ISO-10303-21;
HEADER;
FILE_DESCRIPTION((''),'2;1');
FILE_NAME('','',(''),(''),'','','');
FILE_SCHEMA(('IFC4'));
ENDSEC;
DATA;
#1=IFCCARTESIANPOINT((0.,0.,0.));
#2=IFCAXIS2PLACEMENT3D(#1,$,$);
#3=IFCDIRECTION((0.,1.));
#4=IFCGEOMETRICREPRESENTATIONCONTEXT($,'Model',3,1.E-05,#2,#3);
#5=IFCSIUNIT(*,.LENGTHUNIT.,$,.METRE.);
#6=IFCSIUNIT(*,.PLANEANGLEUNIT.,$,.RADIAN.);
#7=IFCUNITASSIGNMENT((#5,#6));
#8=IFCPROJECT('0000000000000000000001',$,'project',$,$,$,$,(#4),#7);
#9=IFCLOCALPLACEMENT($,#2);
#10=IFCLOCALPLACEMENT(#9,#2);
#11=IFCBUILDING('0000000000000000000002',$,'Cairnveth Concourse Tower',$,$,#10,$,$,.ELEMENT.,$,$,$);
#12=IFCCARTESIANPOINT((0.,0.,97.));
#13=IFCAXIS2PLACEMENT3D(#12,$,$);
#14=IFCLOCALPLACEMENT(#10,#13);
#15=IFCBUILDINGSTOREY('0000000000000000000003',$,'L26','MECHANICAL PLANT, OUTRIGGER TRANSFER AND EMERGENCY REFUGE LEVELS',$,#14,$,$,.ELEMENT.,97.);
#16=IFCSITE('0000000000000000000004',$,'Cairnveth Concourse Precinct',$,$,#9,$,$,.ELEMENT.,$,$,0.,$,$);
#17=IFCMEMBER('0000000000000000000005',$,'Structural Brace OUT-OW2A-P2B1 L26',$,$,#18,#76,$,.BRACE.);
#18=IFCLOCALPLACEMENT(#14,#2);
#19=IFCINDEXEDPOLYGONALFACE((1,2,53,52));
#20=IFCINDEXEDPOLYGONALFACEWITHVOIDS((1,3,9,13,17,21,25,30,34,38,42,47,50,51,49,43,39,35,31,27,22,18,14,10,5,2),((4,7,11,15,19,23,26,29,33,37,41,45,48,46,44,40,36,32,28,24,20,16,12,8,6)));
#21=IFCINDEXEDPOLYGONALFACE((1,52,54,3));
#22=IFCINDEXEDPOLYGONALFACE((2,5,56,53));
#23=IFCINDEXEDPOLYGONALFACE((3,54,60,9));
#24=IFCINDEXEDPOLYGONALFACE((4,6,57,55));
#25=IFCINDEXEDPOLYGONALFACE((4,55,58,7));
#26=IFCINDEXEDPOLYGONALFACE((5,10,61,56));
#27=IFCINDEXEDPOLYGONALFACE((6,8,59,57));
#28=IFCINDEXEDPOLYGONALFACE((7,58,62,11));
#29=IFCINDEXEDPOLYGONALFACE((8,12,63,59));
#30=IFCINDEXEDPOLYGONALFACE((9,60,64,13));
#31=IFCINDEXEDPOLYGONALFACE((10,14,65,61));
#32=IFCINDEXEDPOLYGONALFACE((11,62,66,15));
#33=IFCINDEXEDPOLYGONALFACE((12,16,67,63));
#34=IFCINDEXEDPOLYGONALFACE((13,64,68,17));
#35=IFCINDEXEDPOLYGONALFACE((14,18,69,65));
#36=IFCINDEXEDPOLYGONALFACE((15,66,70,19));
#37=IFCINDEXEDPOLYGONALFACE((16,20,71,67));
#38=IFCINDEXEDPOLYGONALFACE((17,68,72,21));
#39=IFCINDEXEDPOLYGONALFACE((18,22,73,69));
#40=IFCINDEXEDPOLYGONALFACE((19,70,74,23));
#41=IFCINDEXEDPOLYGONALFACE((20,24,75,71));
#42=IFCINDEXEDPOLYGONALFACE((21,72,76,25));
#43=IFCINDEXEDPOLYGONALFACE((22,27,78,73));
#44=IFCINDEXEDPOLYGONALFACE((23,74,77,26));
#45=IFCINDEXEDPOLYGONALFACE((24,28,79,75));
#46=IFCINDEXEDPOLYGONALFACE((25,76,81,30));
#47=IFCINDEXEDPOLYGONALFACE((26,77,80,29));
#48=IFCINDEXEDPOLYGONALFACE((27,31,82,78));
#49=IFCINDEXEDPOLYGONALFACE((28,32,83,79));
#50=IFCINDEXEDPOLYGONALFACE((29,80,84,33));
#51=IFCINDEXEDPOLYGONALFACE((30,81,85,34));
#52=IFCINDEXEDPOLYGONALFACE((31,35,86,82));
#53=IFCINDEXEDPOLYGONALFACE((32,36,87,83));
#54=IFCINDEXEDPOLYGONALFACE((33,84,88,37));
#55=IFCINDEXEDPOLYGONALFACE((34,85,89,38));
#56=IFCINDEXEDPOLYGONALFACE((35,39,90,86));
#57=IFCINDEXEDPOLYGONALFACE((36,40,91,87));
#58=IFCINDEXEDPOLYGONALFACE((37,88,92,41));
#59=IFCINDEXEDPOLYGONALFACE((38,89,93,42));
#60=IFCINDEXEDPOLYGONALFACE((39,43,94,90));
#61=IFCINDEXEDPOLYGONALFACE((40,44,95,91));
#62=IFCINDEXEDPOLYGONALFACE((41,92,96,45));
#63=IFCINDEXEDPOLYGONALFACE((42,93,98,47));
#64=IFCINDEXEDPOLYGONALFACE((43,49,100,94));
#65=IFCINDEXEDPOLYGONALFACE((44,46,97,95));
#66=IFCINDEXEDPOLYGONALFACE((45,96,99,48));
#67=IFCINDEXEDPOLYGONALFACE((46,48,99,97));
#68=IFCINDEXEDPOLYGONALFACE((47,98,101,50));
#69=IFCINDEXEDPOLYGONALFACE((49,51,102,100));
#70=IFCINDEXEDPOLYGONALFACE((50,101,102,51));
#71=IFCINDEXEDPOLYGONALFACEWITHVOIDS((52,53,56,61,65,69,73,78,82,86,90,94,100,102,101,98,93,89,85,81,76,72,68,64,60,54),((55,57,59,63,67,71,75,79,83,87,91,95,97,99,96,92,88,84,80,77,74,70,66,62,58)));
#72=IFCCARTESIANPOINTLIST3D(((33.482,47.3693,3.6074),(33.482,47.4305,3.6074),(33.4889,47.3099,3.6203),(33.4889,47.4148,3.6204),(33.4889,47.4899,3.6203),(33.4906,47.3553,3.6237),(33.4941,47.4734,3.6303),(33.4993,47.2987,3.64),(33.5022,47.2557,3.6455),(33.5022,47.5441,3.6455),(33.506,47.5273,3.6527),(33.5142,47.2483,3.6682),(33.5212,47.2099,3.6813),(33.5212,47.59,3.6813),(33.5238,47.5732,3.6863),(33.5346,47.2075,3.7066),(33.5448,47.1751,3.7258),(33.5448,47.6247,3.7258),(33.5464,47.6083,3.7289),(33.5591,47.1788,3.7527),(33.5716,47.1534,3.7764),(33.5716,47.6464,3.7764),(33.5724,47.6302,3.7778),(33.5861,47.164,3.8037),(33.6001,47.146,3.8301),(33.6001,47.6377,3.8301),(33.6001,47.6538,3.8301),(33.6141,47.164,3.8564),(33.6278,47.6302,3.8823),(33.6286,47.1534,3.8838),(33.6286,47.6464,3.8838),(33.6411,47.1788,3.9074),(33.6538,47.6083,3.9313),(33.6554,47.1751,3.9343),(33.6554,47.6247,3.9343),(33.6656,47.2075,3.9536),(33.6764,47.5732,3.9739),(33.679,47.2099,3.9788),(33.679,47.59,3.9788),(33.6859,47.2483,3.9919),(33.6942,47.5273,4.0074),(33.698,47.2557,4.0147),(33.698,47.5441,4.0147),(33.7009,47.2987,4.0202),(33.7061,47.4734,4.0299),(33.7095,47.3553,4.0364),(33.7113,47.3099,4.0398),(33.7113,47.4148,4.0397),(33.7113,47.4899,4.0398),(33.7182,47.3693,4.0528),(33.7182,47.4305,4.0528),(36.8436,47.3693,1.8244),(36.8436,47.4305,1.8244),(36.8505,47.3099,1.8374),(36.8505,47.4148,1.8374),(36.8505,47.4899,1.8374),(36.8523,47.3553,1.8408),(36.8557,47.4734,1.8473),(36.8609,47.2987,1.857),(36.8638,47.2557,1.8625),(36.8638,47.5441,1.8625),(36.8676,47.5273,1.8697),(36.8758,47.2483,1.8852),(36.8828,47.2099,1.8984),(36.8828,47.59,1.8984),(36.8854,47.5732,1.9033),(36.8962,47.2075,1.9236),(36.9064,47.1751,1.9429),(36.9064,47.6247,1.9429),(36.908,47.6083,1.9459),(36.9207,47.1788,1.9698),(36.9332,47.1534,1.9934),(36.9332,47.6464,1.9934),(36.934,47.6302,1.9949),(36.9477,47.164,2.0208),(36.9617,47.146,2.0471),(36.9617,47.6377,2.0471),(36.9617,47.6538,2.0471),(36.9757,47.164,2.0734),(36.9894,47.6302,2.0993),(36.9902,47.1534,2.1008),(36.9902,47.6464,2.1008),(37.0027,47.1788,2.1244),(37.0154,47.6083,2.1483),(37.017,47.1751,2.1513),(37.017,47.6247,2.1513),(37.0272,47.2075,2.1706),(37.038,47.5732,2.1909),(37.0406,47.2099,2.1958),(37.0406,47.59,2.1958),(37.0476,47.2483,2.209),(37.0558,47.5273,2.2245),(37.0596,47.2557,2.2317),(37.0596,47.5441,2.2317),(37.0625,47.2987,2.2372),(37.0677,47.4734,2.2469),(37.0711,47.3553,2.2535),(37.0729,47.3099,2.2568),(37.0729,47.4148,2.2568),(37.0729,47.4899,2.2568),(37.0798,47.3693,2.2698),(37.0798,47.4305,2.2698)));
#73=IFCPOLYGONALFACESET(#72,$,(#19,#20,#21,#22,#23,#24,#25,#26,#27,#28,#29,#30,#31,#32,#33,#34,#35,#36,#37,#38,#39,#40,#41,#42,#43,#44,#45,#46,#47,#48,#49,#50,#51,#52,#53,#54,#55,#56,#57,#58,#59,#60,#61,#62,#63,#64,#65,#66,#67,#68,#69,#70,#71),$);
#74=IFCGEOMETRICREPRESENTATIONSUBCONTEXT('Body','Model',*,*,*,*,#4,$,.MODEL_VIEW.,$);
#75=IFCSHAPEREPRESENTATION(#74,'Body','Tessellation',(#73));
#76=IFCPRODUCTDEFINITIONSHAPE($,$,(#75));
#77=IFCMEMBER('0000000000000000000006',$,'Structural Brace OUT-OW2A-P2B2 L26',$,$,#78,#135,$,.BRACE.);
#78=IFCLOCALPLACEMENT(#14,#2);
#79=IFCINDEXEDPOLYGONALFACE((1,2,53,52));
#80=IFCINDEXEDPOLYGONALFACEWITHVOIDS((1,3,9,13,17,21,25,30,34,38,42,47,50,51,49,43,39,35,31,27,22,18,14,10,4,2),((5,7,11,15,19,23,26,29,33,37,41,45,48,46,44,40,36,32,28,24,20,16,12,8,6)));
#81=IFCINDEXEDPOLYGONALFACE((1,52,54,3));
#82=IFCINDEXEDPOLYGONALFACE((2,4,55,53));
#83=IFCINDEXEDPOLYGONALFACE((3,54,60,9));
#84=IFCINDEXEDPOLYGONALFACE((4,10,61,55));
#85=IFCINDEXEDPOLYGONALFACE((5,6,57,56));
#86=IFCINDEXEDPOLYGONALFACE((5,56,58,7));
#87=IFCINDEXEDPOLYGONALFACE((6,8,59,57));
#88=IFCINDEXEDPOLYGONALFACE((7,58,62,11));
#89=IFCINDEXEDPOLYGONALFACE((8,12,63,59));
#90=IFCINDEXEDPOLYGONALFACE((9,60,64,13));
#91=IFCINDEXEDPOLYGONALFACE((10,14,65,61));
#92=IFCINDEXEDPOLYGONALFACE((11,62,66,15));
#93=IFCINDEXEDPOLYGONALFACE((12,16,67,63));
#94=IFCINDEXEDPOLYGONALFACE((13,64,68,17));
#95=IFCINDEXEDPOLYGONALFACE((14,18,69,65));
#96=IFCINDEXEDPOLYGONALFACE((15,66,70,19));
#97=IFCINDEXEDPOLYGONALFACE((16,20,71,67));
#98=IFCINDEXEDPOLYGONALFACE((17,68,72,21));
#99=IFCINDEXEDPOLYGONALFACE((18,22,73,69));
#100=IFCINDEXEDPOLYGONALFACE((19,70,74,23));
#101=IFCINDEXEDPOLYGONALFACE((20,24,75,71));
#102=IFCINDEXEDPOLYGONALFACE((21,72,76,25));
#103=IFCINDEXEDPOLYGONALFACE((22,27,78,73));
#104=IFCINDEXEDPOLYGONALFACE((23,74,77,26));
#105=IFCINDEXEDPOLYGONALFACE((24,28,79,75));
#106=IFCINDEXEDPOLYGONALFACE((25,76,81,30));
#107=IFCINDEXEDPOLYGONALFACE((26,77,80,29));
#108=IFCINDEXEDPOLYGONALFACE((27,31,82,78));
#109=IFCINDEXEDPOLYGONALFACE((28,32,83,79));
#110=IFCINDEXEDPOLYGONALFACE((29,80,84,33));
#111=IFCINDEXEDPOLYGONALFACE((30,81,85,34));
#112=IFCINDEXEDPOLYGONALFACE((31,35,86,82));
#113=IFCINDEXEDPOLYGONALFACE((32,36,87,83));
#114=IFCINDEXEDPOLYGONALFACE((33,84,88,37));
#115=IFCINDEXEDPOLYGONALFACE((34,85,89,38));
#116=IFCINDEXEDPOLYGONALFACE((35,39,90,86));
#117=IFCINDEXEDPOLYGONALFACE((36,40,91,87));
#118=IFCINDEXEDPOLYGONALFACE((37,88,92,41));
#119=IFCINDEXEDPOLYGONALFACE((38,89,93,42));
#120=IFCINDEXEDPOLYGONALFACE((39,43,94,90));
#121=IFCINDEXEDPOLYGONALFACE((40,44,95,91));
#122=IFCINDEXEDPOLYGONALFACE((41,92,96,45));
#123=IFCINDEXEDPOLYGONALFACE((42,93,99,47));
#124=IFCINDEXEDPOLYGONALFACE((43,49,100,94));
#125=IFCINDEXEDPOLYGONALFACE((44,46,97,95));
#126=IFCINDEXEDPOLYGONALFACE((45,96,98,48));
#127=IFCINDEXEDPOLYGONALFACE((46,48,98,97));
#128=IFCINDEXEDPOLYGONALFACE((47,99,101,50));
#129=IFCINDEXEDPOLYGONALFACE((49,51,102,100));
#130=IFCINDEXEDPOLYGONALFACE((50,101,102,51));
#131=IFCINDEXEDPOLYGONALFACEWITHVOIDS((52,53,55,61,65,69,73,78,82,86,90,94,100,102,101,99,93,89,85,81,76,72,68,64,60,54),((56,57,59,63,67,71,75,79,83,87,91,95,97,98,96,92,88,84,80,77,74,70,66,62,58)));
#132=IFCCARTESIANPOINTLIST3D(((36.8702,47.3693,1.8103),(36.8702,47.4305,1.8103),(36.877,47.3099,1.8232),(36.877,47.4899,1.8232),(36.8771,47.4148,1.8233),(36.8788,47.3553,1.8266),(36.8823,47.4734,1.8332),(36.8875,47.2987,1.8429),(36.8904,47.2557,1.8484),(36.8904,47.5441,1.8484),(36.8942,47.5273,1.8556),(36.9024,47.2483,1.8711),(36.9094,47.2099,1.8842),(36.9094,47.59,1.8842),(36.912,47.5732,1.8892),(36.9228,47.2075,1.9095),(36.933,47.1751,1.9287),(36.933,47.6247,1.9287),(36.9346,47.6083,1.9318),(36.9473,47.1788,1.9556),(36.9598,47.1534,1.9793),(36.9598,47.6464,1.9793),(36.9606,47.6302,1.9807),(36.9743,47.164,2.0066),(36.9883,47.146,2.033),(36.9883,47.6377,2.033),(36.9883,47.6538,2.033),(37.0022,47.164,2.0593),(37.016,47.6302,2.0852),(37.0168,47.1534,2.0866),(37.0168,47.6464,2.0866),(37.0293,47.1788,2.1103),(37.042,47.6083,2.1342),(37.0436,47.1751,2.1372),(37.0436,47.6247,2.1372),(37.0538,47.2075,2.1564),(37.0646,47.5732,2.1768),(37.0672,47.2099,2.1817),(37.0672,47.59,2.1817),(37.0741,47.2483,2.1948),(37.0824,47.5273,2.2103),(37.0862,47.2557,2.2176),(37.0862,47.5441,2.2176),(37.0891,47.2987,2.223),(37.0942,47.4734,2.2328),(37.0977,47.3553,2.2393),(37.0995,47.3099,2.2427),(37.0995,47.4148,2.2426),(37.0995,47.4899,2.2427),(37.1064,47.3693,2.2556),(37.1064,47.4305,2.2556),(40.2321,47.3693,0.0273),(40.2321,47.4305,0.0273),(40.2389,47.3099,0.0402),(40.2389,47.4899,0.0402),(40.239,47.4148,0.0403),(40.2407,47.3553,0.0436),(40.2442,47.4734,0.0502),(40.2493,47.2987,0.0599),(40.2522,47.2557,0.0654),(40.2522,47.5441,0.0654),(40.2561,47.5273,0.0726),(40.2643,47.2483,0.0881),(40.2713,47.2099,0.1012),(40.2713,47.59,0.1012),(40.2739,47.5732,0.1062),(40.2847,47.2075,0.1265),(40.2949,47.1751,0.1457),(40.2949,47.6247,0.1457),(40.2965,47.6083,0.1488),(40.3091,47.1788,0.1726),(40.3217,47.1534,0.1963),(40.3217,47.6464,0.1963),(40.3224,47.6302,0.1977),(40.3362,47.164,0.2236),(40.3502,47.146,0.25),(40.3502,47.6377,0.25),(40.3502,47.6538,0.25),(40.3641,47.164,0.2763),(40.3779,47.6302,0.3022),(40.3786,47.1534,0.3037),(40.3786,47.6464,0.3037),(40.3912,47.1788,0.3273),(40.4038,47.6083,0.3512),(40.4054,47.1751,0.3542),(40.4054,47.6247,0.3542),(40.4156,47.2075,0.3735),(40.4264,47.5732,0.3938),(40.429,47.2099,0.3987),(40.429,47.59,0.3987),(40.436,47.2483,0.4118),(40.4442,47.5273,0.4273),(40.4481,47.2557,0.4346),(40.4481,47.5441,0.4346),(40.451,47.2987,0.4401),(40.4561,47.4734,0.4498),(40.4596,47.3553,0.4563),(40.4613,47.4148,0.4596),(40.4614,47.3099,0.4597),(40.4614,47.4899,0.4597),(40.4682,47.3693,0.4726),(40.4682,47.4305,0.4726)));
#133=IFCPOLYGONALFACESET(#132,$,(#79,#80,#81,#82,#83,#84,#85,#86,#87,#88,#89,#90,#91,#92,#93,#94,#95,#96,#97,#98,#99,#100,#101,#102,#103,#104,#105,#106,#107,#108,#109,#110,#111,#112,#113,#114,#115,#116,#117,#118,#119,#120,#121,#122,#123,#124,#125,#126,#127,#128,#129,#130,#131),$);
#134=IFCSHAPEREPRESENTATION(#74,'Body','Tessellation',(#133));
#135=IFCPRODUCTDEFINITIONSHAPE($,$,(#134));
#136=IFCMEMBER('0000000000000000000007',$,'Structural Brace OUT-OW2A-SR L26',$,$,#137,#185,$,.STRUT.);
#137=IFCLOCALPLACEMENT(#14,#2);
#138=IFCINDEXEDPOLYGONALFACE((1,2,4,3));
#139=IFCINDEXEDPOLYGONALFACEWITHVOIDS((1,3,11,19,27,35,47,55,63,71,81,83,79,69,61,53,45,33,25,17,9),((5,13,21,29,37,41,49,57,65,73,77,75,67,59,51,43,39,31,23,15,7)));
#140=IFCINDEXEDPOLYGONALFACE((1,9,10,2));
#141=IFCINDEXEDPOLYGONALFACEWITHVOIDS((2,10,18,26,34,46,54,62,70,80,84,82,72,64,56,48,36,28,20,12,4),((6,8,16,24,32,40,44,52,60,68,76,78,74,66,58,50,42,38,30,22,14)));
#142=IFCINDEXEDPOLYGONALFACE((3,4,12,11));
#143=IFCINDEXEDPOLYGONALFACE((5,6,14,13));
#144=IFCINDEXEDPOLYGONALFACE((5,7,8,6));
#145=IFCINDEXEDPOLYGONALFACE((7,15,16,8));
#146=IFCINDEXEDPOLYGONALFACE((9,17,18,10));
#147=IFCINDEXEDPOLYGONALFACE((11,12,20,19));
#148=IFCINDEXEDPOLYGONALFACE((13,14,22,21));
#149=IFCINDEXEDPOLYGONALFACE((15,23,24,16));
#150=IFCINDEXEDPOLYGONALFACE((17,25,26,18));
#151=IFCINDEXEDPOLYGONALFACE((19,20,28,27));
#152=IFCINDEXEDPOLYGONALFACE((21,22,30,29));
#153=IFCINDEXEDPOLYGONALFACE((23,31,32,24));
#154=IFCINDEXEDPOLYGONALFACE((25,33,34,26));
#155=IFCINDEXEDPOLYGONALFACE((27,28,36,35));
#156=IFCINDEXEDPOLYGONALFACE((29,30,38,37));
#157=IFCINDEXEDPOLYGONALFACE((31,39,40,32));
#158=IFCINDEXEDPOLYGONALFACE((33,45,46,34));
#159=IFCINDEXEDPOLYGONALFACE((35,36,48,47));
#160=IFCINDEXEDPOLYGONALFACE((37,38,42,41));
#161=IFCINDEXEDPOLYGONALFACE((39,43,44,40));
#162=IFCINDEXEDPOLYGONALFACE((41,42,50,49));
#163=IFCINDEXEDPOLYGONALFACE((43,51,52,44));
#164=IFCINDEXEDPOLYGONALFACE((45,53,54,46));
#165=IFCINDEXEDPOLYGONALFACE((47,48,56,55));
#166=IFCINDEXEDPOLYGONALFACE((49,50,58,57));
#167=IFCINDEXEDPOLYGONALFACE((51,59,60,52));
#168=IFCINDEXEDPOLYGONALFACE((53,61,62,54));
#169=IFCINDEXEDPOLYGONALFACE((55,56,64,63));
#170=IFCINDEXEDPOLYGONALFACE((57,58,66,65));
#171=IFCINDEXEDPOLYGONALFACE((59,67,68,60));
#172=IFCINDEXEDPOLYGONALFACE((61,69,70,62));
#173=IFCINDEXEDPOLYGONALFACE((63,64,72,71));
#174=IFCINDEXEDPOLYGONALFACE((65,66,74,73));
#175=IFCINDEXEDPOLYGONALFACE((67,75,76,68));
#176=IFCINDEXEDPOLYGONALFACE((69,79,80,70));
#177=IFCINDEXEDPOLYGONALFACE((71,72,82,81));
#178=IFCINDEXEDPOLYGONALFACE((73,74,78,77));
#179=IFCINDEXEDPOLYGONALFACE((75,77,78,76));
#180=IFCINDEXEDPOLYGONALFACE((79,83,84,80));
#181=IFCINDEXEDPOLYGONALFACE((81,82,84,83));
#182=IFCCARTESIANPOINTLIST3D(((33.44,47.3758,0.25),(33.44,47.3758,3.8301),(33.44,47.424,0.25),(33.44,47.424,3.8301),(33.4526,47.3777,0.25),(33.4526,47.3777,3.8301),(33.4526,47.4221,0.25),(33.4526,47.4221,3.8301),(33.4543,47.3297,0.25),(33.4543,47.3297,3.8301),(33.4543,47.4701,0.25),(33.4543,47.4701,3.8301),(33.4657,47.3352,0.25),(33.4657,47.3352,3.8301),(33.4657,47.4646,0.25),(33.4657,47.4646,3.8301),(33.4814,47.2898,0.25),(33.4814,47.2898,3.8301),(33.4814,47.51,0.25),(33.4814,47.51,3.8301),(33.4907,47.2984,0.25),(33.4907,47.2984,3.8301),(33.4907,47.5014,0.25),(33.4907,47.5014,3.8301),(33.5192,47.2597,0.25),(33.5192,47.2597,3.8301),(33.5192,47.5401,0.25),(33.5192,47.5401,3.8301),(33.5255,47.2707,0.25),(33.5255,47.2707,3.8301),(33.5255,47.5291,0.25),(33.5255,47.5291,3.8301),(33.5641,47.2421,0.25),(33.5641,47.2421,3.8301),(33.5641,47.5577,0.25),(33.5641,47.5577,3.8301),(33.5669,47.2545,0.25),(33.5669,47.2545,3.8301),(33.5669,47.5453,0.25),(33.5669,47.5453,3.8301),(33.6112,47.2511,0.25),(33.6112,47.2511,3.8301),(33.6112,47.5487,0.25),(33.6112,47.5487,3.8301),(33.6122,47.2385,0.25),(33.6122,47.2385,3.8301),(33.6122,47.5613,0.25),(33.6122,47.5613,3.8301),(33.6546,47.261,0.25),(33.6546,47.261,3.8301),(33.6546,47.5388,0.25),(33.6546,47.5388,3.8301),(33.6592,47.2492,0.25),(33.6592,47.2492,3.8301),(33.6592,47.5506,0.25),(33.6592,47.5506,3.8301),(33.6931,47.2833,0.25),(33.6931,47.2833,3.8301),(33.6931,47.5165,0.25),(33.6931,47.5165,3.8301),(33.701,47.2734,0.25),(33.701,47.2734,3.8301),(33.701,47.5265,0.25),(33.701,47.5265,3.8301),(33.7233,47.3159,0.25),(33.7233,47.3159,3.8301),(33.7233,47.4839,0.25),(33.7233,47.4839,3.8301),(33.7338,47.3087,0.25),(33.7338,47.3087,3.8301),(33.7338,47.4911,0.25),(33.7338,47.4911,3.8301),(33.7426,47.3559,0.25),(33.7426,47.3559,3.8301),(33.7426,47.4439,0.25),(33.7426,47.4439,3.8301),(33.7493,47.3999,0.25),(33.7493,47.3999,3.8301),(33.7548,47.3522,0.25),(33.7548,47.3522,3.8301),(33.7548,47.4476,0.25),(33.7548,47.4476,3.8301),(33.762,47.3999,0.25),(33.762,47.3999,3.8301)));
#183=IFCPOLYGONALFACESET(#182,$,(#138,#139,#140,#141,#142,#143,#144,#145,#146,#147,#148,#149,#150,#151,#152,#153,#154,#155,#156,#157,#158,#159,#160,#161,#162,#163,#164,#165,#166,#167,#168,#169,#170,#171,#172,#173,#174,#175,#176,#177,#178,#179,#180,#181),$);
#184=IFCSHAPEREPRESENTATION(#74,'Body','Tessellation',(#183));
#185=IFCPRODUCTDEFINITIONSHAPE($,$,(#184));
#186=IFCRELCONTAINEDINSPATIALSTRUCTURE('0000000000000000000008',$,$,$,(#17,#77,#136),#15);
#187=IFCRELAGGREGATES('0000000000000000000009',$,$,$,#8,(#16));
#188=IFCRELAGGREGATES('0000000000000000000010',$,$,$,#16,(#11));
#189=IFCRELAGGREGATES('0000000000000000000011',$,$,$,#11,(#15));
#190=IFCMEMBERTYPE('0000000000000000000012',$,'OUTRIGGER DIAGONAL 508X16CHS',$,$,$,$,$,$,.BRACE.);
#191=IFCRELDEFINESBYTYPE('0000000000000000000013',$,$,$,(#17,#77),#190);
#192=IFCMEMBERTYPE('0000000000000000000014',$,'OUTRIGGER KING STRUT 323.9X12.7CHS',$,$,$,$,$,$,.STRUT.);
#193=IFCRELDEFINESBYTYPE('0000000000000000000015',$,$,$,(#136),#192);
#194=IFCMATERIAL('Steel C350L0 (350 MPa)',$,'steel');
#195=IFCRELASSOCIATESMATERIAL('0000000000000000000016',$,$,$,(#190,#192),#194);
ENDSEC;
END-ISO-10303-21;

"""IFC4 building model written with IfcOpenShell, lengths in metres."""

from ifc_helpers import new_model, si_unit, direction, frame, origin, origin_2d, place, context, subcontext, project, spatial, hollow_circle, extrude, material, material_profile, profile_set, type_object, element, save


model = new_model("IFC4")

# Units and contexts
model_context = context("Model", 3, precision=1e-05, world=origin(), true_north=direction((0.0, 1.0)))
body_context = subcontext(model_context, "Body", "Model", "MODEL_VIEW")
ifc_project = project(units=[si_unit("LENGTHUNIT", "METRE"), si_unit("PLANEANGLEUNIT", "RADIAN")], contexts=[model_context])

# Site, building, storey
site_placement = place(None, origin())
site = spatial("IfcSite", under=ifc_project, at=site_placement, Name="Cairnveth Concourse Precinct", CompositionType="ELEMENT", RefElevation=0.0)
building_placement = place(site_placement, origin())
building = spatial("IfcBuilding", under=site, at=building_placement, Name="Cairnveth Concourse Tower", CompositionType="ELEMENT")
storey_placement = place(building_placement, frame((0.0, 0.0, 97.0)))
storey = spatial("IfcBuildingStorey", under=building, at=storey_placement, Name="L26", Description="MECHANICAL PLANT, OUTRIGGER TRANSFER AND EMERGENCY REFUGE LEVELS", CompositionType="ELEMENT", Elevation=97.0)

# Members
ifc_material_1 = material(Name="Steel C350L0 (350 MPa)", Category="steel")
ifc_material_profile_1 = material_profile(ifc_material_1, hollow_circle(Radius=0.2539, WallThickness=0.0161, at=origin_2d()), Name="508.0x16.0CHS")
ifc_profile_set_1 = profile_set([ifc_material_profile_1], Name="Steel C350L0 (350 MPa)")
member_type_1 = type_object("IfcMemberType", Name="OUTRIGGER DIAGONAL 508X16CHS", PredefinedType="BRACE", material=ifc_profile_set_1)
member_1_placement = place(storey_placement, frame((33.6001, 47.3999, 3.8301), z_axis=(0.883429, 0.0, -0.468566), x_axis=(0.0, 1.0, 0.0)))
element("IfcMember", 1, at=member_1_placement, inside=storey, type_object=member_type_1, Name="Structural Brace OUT-OW2A-P2B1 L26", PredefinedType="BRACE", context=body_context, shape_type="SweptSolid", body=[
    extrude(hollow_circle(Radius=0.2539, WallThickness=0.0161, at=origin_2d()), origin(), (0.0, 0.0, 1.0), 3.8052),
])
member_2_placement = place(storey_placement, frame((36.9883, 47.3999, 2.033), z_axis=(0.883443, 0.0, -0.468539), x_axis=(0.0, 1.0, 0.0)))
element("IfcMember", 2, at=member_2_placement, inside=storey, type_object=member_type_1, Name="Structural Brace OUT-OW2A-P2B2 L26", PredefinedType="BRACE", context=body_context, shape_type="SweptSolid", body=[
    extrude(hollow_circle(Radius=0.2539, WallThickness=0.0161, at=origin_2d()), origin(), (0.0, 0.0, 1.0), 3.8054),
])
ifc_material_profile_2 = material_profile(ifc_material_1, hollow_circle(Radius=0.1619, WallThickness=0.0127, at=origin_2d()), Name="323.9x12.7CHS")
ifc_profile_set_2 = profile_set([ifc_material_profile_2], Name="Steel C350L0 (350 MPa)")
member_type_2 = type_object("IfcMemberType", Name="OUTRIGGER KING STRUT 323.9X12.7CHS", PredefinedType="STRUT", material=ifc_profile_set_2)
for number, where, z_axis, x_axis, name in (
    (3, (33.6001, 47.3999, 0.25), (0.0, 0.0, 1.0), (1.0, 0.0, 0.0), "Structural Brace OUT-OW2A-SR L26"),
):
    element("IfcMember", number, at=place(storey_placement, frame(where, z_axis=z_axis, x_axis=x_axis)), inside=storey, type_object=member_type_2, Name=name, PredefinedType="STRUT", context=body_context, shape_type="SweptSolid", body=[
        extrude(hollow_circle(Radius=0.1619, WallThickness=0.0127, at=origin_2d()), origin(), (0.0, 0.0, 1.0), 3.5801),
    ])

save(model, "model.ifc")
